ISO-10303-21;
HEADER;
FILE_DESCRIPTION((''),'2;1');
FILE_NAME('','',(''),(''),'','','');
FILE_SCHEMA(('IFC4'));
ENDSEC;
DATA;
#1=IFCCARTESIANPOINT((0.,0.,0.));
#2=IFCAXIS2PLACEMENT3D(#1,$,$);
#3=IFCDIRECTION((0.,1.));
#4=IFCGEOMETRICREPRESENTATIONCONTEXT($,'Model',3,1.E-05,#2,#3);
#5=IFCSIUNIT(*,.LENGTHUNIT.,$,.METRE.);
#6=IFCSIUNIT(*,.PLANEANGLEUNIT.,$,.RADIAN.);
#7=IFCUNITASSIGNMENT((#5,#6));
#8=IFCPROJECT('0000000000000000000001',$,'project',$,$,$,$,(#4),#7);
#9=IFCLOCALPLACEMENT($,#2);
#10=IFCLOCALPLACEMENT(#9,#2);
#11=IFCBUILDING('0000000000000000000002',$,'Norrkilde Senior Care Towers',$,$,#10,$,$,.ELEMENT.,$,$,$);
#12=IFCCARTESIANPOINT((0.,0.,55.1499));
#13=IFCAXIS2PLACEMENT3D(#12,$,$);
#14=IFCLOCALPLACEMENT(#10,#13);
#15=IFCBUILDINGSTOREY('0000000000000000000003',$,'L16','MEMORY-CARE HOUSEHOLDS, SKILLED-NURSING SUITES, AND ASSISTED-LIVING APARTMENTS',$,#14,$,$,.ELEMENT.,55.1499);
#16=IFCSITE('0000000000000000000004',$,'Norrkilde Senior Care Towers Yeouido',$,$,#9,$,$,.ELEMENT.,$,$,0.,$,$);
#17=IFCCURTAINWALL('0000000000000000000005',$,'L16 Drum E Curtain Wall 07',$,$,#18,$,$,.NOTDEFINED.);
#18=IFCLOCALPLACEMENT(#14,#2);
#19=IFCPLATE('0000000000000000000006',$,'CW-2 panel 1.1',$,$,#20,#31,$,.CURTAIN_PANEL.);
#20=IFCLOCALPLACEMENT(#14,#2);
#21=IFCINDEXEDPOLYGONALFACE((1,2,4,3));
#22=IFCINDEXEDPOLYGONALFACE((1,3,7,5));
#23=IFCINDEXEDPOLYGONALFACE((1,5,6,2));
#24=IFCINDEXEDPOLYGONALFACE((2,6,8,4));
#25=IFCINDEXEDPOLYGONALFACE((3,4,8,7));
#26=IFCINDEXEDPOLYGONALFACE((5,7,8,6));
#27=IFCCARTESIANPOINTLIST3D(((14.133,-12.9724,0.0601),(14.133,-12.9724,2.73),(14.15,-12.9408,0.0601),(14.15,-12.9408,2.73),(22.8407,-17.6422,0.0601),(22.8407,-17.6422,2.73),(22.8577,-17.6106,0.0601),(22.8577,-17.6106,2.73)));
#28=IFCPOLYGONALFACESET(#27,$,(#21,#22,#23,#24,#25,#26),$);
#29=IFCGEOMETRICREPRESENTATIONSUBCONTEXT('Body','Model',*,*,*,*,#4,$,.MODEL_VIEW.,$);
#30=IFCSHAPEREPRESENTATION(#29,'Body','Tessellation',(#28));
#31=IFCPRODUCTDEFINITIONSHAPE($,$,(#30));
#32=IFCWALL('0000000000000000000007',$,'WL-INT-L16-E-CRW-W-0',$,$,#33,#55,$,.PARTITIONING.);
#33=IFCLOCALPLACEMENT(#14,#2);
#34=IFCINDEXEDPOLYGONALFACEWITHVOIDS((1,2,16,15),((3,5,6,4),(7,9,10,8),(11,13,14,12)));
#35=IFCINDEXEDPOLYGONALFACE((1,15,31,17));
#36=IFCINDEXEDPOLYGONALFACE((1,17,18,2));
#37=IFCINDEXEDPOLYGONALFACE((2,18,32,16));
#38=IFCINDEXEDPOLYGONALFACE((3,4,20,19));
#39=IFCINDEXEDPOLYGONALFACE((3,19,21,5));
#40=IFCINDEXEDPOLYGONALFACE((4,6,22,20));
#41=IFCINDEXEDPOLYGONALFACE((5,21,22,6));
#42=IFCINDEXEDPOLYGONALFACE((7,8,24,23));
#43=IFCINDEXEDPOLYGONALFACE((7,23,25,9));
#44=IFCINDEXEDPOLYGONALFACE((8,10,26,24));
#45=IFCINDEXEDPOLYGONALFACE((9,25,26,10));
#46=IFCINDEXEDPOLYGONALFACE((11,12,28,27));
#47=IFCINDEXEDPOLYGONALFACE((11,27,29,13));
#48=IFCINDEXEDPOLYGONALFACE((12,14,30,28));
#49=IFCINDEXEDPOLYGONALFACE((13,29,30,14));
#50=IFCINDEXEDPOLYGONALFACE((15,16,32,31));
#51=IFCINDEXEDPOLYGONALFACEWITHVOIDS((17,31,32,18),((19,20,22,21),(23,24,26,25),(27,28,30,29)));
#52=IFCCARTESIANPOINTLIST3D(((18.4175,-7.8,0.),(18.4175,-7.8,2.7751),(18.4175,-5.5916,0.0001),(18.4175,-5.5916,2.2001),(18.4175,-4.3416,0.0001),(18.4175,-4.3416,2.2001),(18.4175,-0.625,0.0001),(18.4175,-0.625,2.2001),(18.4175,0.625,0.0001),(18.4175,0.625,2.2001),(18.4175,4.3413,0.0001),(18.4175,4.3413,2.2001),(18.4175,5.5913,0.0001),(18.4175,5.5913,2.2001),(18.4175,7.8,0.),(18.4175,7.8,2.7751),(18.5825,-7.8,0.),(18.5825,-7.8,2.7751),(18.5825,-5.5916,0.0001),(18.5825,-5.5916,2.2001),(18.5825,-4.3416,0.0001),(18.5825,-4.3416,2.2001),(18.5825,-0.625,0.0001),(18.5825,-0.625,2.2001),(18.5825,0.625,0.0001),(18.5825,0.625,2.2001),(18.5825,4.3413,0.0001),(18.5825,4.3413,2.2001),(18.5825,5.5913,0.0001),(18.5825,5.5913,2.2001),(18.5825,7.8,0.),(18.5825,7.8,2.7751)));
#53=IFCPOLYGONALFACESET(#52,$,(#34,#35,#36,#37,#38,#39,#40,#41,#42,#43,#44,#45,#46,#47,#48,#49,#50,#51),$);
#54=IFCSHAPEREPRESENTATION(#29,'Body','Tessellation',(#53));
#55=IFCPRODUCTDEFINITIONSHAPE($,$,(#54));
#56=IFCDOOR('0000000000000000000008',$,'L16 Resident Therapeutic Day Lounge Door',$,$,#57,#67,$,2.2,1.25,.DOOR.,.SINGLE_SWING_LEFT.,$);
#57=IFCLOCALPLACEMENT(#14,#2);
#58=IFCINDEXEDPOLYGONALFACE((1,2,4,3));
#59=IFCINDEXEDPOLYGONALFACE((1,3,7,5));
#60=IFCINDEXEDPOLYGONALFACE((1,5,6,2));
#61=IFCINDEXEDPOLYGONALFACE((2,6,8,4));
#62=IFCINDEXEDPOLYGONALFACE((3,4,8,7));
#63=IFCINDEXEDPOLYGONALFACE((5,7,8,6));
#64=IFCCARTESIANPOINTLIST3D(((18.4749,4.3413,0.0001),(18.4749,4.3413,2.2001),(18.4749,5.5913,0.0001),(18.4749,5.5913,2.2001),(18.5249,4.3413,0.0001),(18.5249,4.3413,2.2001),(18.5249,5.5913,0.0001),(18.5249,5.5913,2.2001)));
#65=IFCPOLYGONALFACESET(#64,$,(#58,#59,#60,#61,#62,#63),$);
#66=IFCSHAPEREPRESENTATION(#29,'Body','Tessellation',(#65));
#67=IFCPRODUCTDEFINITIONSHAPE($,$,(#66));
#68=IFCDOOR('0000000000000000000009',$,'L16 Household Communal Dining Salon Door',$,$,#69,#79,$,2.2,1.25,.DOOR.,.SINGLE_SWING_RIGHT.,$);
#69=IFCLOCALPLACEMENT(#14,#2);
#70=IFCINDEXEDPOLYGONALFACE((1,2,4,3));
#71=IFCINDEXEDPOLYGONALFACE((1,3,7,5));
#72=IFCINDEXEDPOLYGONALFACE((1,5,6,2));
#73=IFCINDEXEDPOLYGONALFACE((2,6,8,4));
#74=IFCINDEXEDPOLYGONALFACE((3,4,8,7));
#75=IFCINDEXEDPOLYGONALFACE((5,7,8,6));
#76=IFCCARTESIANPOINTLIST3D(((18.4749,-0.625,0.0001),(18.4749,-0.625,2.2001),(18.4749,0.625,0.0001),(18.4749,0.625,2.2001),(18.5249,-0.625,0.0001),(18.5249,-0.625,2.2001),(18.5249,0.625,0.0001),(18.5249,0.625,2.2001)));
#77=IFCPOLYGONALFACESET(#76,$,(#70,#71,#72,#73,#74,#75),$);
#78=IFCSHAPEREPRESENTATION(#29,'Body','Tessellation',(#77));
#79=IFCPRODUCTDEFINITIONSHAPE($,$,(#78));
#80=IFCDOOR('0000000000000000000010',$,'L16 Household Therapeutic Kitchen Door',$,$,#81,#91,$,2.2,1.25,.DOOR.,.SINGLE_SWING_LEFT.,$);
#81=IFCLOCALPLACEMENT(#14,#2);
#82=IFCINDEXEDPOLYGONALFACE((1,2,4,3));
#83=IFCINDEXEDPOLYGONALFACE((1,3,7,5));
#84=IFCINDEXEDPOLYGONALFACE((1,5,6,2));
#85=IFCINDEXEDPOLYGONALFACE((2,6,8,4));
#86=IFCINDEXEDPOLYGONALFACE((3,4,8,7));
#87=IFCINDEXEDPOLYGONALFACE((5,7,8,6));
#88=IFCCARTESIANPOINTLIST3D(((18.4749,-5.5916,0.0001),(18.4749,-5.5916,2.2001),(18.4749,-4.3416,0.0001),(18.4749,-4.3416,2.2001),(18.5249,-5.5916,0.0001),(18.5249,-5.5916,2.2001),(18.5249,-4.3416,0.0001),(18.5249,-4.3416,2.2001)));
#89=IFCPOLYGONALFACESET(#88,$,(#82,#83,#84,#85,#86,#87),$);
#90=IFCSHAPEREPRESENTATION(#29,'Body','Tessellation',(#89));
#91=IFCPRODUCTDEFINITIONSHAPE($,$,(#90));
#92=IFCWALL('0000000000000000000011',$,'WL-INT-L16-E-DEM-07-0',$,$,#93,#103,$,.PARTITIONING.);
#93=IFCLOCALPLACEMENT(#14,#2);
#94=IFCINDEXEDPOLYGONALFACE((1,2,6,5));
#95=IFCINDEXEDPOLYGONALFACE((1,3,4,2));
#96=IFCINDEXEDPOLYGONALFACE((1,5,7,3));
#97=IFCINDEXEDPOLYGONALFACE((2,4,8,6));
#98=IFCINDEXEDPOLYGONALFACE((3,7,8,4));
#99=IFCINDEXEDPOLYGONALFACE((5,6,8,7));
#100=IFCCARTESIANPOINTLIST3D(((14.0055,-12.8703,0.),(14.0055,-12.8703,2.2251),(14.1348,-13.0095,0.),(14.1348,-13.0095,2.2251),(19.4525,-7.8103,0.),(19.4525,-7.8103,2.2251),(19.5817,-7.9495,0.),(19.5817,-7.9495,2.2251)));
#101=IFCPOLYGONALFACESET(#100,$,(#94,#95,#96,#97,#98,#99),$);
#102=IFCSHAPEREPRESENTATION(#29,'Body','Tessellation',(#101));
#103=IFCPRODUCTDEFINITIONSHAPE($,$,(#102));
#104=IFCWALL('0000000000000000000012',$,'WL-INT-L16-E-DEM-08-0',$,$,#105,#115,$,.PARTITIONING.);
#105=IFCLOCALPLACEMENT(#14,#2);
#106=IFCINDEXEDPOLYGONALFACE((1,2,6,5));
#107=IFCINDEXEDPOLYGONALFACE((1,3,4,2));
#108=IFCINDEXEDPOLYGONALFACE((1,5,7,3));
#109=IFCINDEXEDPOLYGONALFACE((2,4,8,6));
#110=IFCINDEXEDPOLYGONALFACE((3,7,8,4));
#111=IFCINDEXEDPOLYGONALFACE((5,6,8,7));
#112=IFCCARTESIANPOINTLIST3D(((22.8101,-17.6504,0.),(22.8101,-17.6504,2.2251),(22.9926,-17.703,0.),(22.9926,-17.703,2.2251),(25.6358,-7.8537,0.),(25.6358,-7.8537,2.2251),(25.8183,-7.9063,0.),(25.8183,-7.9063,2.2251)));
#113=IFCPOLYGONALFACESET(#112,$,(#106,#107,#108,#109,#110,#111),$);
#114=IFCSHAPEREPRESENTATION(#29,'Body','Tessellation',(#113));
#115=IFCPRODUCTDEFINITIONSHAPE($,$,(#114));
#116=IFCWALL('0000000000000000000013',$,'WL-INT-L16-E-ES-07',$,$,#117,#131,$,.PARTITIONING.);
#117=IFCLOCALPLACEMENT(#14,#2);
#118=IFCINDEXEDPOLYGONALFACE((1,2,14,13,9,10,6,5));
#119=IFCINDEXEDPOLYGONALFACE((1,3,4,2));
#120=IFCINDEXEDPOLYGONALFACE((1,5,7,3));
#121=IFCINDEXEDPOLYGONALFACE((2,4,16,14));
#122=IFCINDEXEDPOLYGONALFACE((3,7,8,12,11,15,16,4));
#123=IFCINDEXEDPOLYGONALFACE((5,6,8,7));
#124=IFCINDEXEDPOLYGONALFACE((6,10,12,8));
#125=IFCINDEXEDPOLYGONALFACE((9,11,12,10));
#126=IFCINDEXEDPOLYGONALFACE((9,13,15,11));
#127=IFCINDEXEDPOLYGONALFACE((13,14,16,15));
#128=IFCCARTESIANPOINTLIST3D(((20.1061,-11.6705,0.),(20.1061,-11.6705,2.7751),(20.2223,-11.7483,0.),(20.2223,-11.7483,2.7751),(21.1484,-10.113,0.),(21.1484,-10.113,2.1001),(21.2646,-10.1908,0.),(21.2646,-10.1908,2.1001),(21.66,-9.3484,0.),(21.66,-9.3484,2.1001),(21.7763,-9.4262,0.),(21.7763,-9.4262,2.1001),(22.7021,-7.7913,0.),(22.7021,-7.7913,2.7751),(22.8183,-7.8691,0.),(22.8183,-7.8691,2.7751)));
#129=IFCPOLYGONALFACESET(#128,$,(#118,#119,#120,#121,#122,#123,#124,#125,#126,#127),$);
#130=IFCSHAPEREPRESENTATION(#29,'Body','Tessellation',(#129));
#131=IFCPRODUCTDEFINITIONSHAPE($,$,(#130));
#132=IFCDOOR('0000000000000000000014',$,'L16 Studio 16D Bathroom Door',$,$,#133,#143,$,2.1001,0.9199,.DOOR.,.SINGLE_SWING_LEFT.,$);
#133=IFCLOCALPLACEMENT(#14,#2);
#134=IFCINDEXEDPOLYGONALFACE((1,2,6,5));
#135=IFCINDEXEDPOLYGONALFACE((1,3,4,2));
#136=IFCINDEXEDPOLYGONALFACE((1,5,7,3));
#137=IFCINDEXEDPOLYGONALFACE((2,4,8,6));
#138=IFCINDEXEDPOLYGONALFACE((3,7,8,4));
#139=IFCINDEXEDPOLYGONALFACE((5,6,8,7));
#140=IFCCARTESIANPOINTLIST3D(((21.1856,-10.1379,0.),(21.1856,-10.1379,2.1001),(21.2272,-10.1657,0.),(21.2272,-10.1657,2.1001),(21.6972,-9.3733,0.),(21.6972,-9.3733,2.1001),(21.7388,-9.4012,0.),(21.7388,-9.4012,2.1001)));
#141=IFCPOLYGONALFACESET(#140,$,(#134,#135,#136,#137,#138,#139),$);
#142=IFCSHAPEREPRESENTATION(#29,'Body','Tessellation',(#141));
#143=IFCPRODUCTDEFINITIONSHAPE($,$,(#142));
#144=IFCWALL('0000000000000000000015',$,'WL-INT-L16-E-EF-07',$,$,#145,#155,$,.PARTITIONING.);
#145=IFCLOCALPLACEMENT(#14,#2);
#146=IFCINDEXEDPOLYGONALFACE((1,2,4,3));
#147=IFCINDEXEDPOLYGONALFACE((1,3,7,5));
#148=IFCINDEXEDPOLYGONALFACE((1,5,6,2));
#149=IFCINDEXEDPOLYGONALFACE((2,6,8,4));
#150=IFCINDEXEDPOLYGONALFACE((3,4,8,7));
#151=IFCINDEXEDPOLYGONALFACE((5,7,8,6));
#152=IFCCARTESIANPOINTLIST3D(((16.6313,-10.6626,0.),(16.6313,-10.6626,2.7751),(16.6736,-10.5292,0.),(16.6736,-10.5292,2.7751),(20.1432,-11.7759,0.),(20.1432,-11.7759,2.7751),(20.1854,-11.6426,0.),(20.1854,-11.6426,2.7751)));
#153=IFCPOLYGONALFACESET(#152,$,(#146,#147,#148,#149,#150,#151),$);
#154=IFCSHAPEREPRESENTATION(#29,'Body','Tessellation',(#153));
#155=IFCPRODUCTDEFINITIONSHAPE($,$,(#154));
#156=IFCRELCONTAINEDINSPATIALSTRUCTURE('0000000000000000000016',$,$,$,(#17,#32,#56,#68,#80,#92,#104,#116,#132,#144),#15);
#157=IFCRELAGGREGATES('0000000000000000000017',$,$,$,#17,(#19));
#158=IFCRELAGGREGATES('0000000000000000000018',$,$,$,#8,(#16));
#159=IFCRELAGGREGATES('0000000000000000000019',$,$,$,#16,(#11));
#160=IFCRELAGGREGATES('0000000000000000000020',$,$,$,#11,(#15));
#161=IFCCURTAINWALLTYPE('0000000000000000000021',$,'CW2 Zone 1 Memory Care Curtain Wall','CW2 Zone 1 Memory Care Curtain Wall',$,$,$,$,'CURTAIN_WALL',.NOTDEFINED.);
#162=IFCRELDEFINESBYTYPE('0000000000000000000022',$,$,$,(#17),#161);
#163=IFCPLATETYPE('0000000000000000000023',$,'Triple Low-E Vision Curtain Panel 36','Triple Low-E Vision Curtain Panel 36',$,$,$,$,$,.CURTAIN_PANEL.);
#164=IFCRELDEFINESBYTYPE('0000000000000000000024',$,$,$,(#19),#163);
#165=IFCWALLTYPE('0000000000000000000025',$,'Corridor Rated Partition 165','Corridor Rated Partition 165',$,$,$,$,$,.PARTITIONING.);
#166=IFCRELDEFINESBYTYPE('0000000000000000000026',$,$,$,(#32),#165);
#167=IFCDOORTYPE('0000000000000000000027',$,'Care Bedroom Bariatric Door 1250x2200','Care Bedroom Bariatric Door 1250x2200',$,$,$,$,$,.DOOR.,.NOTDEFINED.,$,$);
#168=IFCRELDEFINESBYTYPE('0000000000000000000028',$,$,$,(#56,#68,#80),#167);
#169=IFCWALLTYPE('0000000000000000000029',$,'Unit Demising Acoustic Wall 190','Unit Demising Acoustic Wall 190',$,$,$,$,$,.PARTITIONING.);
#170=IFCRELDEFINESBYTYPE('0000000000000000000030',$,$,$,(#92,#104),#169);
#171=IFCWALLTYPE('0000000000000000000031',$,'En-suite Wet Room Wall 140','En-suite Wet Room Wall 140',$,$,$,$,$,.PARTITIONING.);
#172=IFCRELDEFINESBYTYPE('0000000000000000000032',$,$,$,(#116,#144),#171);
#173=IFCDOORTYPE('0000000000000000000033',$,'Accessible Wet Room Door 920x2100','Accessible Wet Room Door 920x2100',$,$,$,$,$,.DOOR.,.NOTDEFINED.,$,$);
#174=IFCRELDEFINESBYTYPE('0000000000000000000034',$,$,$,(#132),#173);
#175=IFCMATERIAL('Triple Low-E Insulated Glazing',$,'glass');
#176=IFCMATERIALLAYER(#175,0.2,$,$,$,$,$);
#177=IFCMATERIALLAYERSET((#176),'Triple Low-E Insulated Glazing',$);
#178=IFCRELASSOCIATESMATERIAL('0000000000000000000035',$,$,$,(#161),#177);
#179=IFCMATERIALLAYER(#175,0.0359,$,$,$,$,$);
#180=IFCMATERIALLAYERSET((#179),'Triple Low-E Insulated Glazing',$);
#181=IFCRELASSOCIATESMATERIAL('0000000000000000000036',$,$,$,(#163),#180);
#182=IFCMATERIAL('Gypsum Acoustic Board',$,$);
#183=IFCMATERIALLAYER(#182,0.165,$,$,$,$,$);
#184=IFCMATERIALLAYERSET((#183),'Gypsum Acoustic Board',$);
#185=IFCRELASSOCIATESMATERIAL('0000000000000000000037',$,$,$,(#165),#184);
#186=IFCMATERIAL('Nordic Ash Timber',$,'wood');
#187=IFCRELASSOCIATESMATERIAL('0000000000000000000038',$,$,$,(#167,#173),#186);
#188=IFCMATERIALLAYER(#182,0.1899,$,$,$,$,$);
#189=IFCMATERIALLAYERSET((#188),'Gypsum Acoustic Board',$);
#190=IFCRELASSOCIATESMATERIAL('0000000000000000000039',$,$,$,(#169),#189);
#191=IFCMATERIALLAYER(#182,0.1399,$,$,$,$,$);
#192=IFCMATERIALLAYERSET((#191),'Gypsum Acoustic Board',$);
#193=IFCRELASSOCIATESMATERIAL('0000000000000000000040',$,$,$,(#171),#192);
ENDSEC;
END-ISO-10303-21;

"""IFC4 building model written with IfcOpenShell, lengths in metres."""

from ifc_helpers import new_model, si_unit, direction, frame, frame_2d, origin, origin_2d, place, context, subcontext, project, spatial, rectangle, extrude, source, transform, mapped, material, layer, layer_set, type_object, type_shapes, element, fill, aggregate, save


model = new_model("IFC4")

# Units and contexts
model_context = context("Model", 3, precision=1e-05, world=origin(), true_north=direction((0.0, 1.0)))
body_context = subcontext(model_context, "Body", "Model", "MODEL_VIEW")
ifc_project = project(units=[si_unit("LENGTHUNIT", "METRE"), si_unit("PLANEANGLEUNIT", "RADIAN")], contexts=[model_context])

# Site, building, storey
site_placement = place(None, origin())
site = spatial("IfcSite", under=ifc_project, at=site_placement, Name="Norrkilde Senior Care Towers Yeouido", CompositionType="ELEMENT", RefElevation=0.0)
building_placement = place(site_placement, origin())
building = spatial("IfcBuilding", under=site, at=building_placement, Name="Norrkilde Senior Care Towers", CompositionType="ELEMENT")
storey_placement = place(building_placement, frame((0.0, 0.0, 55.1499)))
storey = spatial("IfcBuildingStorey", under=building, at=storey_placement, Name="L16", Description="MEMORY-CARE HOUSEHOLDS, SKILLED-NURSING SUITES, AND ASSISTED-LIVING APARTMENTS", CompositionType="ELEMENT", Elevation=55.1499)

# Shared definitions
ifc_material_1 = material(Name="Triple Low-E Insulated Glazing", Category="glass")
ifc_layer_1 = layer(ifc_material_1, 0.2)
ifc_layer_set_1 = layer_set([ifc_layer_1], Name="Triple Low-E Insulated Glazing")
curtain_wall_type = type_object("IfcCurtainWallType", Name="CW2 Zone 1 Memory Care Curtain Wall", Description="CW2 Zone 1 Memory Care Curtain Wall", ElementType="CURTAIN_WALL", PredefinedType="NOTDEFINED", material=ifc_layer_set_1)

# Curtain wall
curtain_wall_1_placement = place(storey_placement, origin())
curtain_wall_1 = element("IfcCurtainWall", 1, at=curtain_wall_1_placement, inside=storey, type_object=curtain_wall_type, Name="L16 Drum E Curtain Wall 07", PredefinedType="NOTDEFINED")

# Plate
ifc_layer_2 = layer(ifc_material_1, 0.0359)
ifc_layer_set_2 = layer_set([ifc_layer_2], Name="Triple Low-E Insulated Glazing")
plate_type = type_object("IfcPlateType", Name="Triple Low-E Vision Curtain Panel 36", Description="Triple Low-E Vision Curtain Panel 36", PredefinedType="CURTAIN_PANEL", material=ifc_layer_set_2)
shared_shape_1 = source(origin(), body_context, "Body", "SweptSolid", [
    extrude(rectangle(XDim=9.8809, YDim=0.0359, at=origin_2d()), origin(), (0.0, 0.0, 1.0), 2.6699),
])
plate_1_placement = place(storey_placement, frame((18.4954, -15.2915, 0.0601), z_axis=(0.0, 0.0, 1.0), x_axis=(-0.881273, 0.472608, 0.0)))
plate_1 = element("IfcPlate", 2, at=plate_1_placement, type_object=plate_type, Name="CW-2 panel 1.1", PredefinedType="CURTAIN_PANEL", context=body_context, shape_type="MappedRepresentation", body=[
    mapped(shared_shape_1, transform((0.0, 0.0, 0.0), x_axis=(1.0, 0.0, 0.0), y_axis=(0.0, 1.0, 0.0), z_axis=(0.0, 0.0, 1.0), scale=1.0)),
])
aggregate(curtain_wall_1, [plate_1])

# Wall, openings, doors
ifc_material_2 = material(Name="Gypsum Acoustic Board")
ifc_layer_3 = layer(ifc_material_2, 0.165)
ifc_layer_set_3 = layer_set([ifc_layer_3], Name="Gypsum Acoustic Board")
wall_type_1 = type_object("IfcWallType", Name="Corridor Rated Partition 165", Description="Corridor Rated Partition 165", PredefinedType="PARTITIONING", material=ifc_layer_set_3)
shared_shape_2 = source(origin(), body_context, "Body", "SweptSolid", [
    extrude(rectangle(XDim=15.6001, YDim=0.165, at=frame_2d((7.8, 0.0))), origin(), (0.0, 0.0, 1.0), 2.7751),
])
type_shapes(wall_type_1, [shared_shape_2])
wall_1_placement = place(storey_placement, frame((18.5, -7.8, 0.0), z_axis=(0.0, 0.0, 1.0), x_axis=(0.0, 1.0, 0.0)))
wall_1 = element("IfcWall", 3, at=wall_1_placement, inside=storey, type_object=wall_type_1, Name="WL-INT-L16-E-CRW-W-0", PredefinedType="PARTITIONING", context=body_context, shape_type="MappedRepresentation", body=[
    mapped(shared_shape_2, transform((0.0, 0.0, 0.0), x_axis=(1.0, 0.0, 0.0), y_axis=(0.0, 1.0, 0.0), z_axis=(0.0, 0.0, 1.0), scale=1.0)),
])
opening_1_placement = place(wall_1_placement, frame((12.1414, 0.0, 0.0)))
opening_1 = element("IfcOpeningElement", 4, at=opening_1_placement, cuts=wall_1, PredefinedType="OPENING", context=body_context, shape_type="SweptSolid", body=[
    extrude(rectangle(XDim=1.25, YDim=2.2, at=frame_2d((0.625, 1.1001))), frame((0.0, 0.0925, 0.0), z_axis=(0.0, -1.0, 0.0), x_axis=(1.0, 0.0, 0.0)), (0.0, 0.0, 1.0), 0.1851),
])
opening_2_placement = place(wall_1_placement, frame((7.175, 0.0, 0.0)))
opening_2 = element("IfcOpeningElement", 5, at=opening_2_placement, cuts=wall_1, PredefinedType="OPENING", context=body_context, shape_type="SweptSolid", body=[
    extrude(rectangle(XDim=1.25, YDim=2.2, at=frame_2d((0.625, 1.1001))), frame((0.0, 0.0925, 0.0), z_axis=(0.0, -1.0, 0.0), x_axis=(1.0, 0.0, 0.0)), (0.0, 0.0, 1.0), 0.1851),
])
opening_3_placement = place(wall_1_placement, frame((2.2085, 0.0, 0.0)))
opening_3 = element("IfcOpeningElement", 6, at=opening_3_placement, cuts=wall_1, PredefinedType="OPENING", context=body_context, shape_type="SweptSolid", body=[
    extrude(rectangle(XDim=1.25, YDim=2.2, at=frame_2d((0.625, 1.1001))), frame((0.0, 0.0925, 0.0), z_axis=(0.0, -1.0, 0.0), x_axis=(1.0, 0.0, 0.0)), (0.0, 0.0, 1.0), 0.1851),
])
ifc_material_3 = material(Name="Nordic Ash Timber", Category="wood")
door_type_1 = type_object("IfcDoorType", Name="Care Bedroom Bariatric Door 1250x2200", Description="Care Bedroom Bariatric Door 1250x2200", OperationType="NOTDEFINED", PredefinedType="DOOR", material=ifc_material_3)
shared_shape_3 = source(origin(), body_context, "Body", "SweptSolid", [
    extrude(rectangle(XDim=1.25, YDim=2.2, at=frame_2d((0.625, 1.1001))), frame((0.0, 0.0249, 0.0), z_axis=(0.0, -1.0, 0.0), x_axis=(1.0, 0.0, 0.0)), (0.0, 0.0, 1.0), 0.05),
])
type_shapes(door_type_1, [shared_shape_3])
door_1_placement = place(opening_1_placement, frame((1.25, 0.0, 0.0), z_axis=(0.0, 0.0, 1.0), x_axis=(-1.0, 0.0, 0.0)))
door_1 = element("IfcDoor", 7, at=door_1_placement, inside=storey, type_object=door_type_1, Name="L16 Resident Therapeutic Day Lounge Door", OperationType="SINGLE_SWING_LEFT", OverallHeight=2.2, OverallWidth=1.25, PredefinedType="DOOR", context=body_context, shape_type="MappedRepresentation", body=[
    mapped(shared_shape_3, transform((0.0, 0.0, 0.0), x_axis=(1.0, 0.0, 0.0), y_axis=(0.0, 1.0, 0.0), z_axis=(0.0, 0.0, 1.0), scale=1.0)),
])
fill(opening_1, door_1)
door_2_placement = place(opening_2_placement, frame((1.25, 0.0, 0.0), z_axis=(0.0, 0.0, 1.0), x_axis=(-1.0, 0.0, 0.0)))
door_2 = element("IfcDoor", 8, at=door_2_placement, inside=storey, type_object=door_type_1, Name="L16 Household Communal Dining Salon Door", OperationType="SINGLE_SWING_RIGHT", OverallHeight=2.2, OverallWidth=1.25, PredefinedType="DOOR", context=body_context, shape_type="MappedRepresentation", body=[
    mapped(shared_shape_3, transform((0.0, 0.0, 0.0), x_axis=(1.0, 0.0, 0.0), y_axis=(0.0, 1.0, 0.0), z_axis=(0.0, 0.0, 1.0), scale=1.0)),
])
fill(opening_2, door_2)
door_3_placement = place(opening_3_placement, frame((1.25, 0.0, 0.0), z_axis=(0.0, 0.0, 1.0), x_axis=(-1.0, 0.0, 0.0)))
door_3 = element("IfcDoor", 9, at=door_3_placement, inside=storey, type_object=door_type_1, Name="L16 Household Therapeutic Kitchen Door", OperationType="SINGLE_SWING_LEFT", OverallHeight=2.2, OverallWidth=1.25, PredefinedType="DOOR", context=body_context, shape_type="MappedRepresentation", body=[
    mapped(shared_shape_3, transform((0.0, 0.0, 0.0), x_axis=(1.0, 0.0, 0.0), y_axis=(0.0, 1.0, 0.0), z_axis=(0.0, 0.0, 1.0), scale=1.0)),
])
fill(opening_3, door_3)

# Walls
ifc_layer_4 = layer(ifc_material_2, 0.1899)
ifc_layer_set_4 = layer_set([ifc_layer_4], Name="Gypsum Acoustic Board")
wall_type_2 = type_object("IfcWallType", Name="Unit Demising Acoustic Wall 190", Description="Unit Demising Acoustic Wall 190", PredefinedType="PARTITIONING", material=ifc_layer_set_4)
shared_shape_4 = source(origin(), body_context, "Body", "SweptSolid", [
    extrude(rectangle(XDim=7.4346, YDim=0.1899, at=frame_2d((3.7173, 0.0))), origin(), (0.0, 0.0, 1.0), 2.2251),
])
wall_2_placement = place(storey_placement, frame((19.5171, -7.8799, 0.0), z_axis=(0.0, 0.0, 1.0), x_axis=(-0.732652, -0.680603, 0.0)))
element("IfcWall", 10, at=wall_2_placement, inside=storey, type_object=wall_type_2, Name="WL-INT-L16-E-DEM-07-0", PredefinedType="PARTITIONING", context=body_context, shape_type="MappedRepresentation", body=[
    mapped(shared_shape_4, transform((0.0, 0.0, 0.0), x_axis=(1.0, 0.0, 0.0), y_axis=(0.0, 1.0, 0.0), z_axis=(0.0, 0.0, 1.0), scale=1.0)),
])
shared_shape_5 = source(origin(), body_context, "Body", "SweptSolid", [
    extrude(rectangle(XDim=10.196, YDim=0.1899, at=frame_2d((5.0981, 0.0))), origin(), (0.0, 0.0, 1.0), 2.2251),
])
type_shapes(wall_type_2, [shared_shape_4, shared_shape_5])
wall_3_placement = place(storey_placement, frame((25.7271, -7.8799, 0.0), z_axis=(0.0, 0.0, 1.0), x_axis=(-0.277136, -0.960831, 0.0)))
element("IfcWall", 11, at=wall_3_placement, inside=storey, type_object=wall_type_2, Name="WL-INT-L16-E-DEM-08-0", PredefinedType="PARTITIONING", context=body_context, shape_type="MappedRepresentation", body=[
    mapped(shared_shape_5, transform((0.0, 0.0, 0.0), x_axis=(1.0, 0.0, 0.0), y_axis=(0.0, 1.0, 0.0), z_axis=(0.0, 0.0, 1.0), scale=1.0)),
])

# Wall, opening, door
ifc_layer_5 = layer(ifc_material_2, 0.1399)
ifc_layer_set_5 = layer_set([ifc_layer_5], Name="Gypsum Acoustic Board")
wall_type_3 = type_object("IfcWallType", Name="En-suite Wet Room Wall 140", Description="En-suite Wet Room Wall 140", PredefinedType="PARTITIONING", material=ifc_layer_set_5)
shared_shape_6 = source(origin(), body_context, "Body", "SweptSolid", [
    extrude(rectangle(XDim=4.6677, YDim=0.1399, at=frame_2d((2.334, 0.0))), origin(), (0.0, 0.0, 1.0), 2.7751),
])
wall_4_placement = place(storey_placement, frame((22.7603, -7.8301, 0.0), z_axis=(0.0, 0.0, 1.0), x_axis=(-0.55616, -0.831075, 0.0)))
wall_4 = element("IfcWall", 12, at=wall_4_placement, inside=storey, type_object=wall_type_3, Name="WL-INT-L16-E-ES-07", PredefinedType="PARTITIONING", context=body_context, shape_type="MappedRepresentation", body=[
    mapped(shared_shape_6, transform((0.0, 0.0, 0.0), x_axis=(1.0, 0.0, 0.0), y_axis=(0.0, 1.0, 0.0), z_axis=(0.0, 0.0, 1.0), scale=1.0)),
])
opening_4_placement = place(wall_4_placement, frame((1.8738, 0.0, 0.0)))
opening_4 = element("IfcOpeningElement", 13, at=opening_4_placement, cuts=wall_4, PredefinedType="OPENING", context=body_context, shape_type="SweptSolid", body=[
    extrude(rectangle(XDim=0.9199, YDim=2.1001, at=frame_2d((0.46, 1.05))), frame((0.0, 0.0798, 0.0), z_axis=(0.0, -1.0, 0.0), x_axis=(1.0, 0.0, 0.0)), (0.0, 0.0, 1.0), 0.1599),
])
door_type_2 = type_object("IfcDoorType", Name="Accessible Wet Room Door 920x2100", Description="Accessible Wet Room Door 920x2100", OperationType="NOTDEFINED", PredefinedType="DOOR", material=ifc_material_3)
shared_shape_7 = source(origin(), body_context, "Body", "SweptSolid", [
    extrude(rectangle(XDim=0.9199, YDim=2.1001, at=frame_2d((0.46, 1.05))), frame((0.0, 0.0249, 0.0), z_axis=(0.0, -1.0, 0.0), x_axis=(1.0, 0.0, 0.0)), (0.0, 0.0, 1.0), 0.05),
])
type_shapes(door_type_2, [shared_shape_7])
door_4_placement = place(opening_4_placement, origin())
door_4 = element("IfcDoor", 14, at=door_4_placement, inside=storey, type_object=door_type_2, Name="L16 Studio 16D Bathroom Door", OperationType="SINGLE_SWING_LEFT", OverallHeight=2.1001, OverallWidth=0.9199, PredefinedType="DOOR", context=body_context, shape_type="MappedRepresentation", body=[
    mapped(shared_shape_7, transform((0.0, 0.0, 0.0), x_axis=(1.0, 0.0, 0.0), y_axis=(0.0, 1.0, 0.0), z_axis=(0.0, 0.0, 1.0), scale=1.0)),
])
fill(opening_4, door_4)

# Wall
shared_shape_8 = source(origin(), body_context, "Body", "SweptSolid", [
    extrude(rectangle(XDim=3.6841, YDim=0.1399, at=frame_2d((1.842, 0.0))), origin(), (0.0, 0.0, 1.0), 2.7751),
])
type_shapes(wall_type_3, [shared_shape_6, shared_shape_8])
wall_5_placement = place(storey_placement, frame((20.1643, -11.7092, 0.0), z_axis=(0.0, 0.0, 1.0), x_axis=(-0.953246, 0.302197, 0.0)))
element("IfcWall", 15, at=wall_5_placement, inside=storey, type_object=wall_type_3, Name="WL-INT-L16-E-EF-07", PredefinedType="PARTITIONING", context=body_context, shape_type="MappedRepresentation", body=[
    mapped(shared_shape_8, transform((0.0, 0.0, 0.0), x_axis=(1.0, 0.0, 0.0), y_axis=(0.0, 1.0, 0.0), z_axis=(0.0, 0.0, 1.0), scale=1.0)),
])

save(model, "model.ifc")
